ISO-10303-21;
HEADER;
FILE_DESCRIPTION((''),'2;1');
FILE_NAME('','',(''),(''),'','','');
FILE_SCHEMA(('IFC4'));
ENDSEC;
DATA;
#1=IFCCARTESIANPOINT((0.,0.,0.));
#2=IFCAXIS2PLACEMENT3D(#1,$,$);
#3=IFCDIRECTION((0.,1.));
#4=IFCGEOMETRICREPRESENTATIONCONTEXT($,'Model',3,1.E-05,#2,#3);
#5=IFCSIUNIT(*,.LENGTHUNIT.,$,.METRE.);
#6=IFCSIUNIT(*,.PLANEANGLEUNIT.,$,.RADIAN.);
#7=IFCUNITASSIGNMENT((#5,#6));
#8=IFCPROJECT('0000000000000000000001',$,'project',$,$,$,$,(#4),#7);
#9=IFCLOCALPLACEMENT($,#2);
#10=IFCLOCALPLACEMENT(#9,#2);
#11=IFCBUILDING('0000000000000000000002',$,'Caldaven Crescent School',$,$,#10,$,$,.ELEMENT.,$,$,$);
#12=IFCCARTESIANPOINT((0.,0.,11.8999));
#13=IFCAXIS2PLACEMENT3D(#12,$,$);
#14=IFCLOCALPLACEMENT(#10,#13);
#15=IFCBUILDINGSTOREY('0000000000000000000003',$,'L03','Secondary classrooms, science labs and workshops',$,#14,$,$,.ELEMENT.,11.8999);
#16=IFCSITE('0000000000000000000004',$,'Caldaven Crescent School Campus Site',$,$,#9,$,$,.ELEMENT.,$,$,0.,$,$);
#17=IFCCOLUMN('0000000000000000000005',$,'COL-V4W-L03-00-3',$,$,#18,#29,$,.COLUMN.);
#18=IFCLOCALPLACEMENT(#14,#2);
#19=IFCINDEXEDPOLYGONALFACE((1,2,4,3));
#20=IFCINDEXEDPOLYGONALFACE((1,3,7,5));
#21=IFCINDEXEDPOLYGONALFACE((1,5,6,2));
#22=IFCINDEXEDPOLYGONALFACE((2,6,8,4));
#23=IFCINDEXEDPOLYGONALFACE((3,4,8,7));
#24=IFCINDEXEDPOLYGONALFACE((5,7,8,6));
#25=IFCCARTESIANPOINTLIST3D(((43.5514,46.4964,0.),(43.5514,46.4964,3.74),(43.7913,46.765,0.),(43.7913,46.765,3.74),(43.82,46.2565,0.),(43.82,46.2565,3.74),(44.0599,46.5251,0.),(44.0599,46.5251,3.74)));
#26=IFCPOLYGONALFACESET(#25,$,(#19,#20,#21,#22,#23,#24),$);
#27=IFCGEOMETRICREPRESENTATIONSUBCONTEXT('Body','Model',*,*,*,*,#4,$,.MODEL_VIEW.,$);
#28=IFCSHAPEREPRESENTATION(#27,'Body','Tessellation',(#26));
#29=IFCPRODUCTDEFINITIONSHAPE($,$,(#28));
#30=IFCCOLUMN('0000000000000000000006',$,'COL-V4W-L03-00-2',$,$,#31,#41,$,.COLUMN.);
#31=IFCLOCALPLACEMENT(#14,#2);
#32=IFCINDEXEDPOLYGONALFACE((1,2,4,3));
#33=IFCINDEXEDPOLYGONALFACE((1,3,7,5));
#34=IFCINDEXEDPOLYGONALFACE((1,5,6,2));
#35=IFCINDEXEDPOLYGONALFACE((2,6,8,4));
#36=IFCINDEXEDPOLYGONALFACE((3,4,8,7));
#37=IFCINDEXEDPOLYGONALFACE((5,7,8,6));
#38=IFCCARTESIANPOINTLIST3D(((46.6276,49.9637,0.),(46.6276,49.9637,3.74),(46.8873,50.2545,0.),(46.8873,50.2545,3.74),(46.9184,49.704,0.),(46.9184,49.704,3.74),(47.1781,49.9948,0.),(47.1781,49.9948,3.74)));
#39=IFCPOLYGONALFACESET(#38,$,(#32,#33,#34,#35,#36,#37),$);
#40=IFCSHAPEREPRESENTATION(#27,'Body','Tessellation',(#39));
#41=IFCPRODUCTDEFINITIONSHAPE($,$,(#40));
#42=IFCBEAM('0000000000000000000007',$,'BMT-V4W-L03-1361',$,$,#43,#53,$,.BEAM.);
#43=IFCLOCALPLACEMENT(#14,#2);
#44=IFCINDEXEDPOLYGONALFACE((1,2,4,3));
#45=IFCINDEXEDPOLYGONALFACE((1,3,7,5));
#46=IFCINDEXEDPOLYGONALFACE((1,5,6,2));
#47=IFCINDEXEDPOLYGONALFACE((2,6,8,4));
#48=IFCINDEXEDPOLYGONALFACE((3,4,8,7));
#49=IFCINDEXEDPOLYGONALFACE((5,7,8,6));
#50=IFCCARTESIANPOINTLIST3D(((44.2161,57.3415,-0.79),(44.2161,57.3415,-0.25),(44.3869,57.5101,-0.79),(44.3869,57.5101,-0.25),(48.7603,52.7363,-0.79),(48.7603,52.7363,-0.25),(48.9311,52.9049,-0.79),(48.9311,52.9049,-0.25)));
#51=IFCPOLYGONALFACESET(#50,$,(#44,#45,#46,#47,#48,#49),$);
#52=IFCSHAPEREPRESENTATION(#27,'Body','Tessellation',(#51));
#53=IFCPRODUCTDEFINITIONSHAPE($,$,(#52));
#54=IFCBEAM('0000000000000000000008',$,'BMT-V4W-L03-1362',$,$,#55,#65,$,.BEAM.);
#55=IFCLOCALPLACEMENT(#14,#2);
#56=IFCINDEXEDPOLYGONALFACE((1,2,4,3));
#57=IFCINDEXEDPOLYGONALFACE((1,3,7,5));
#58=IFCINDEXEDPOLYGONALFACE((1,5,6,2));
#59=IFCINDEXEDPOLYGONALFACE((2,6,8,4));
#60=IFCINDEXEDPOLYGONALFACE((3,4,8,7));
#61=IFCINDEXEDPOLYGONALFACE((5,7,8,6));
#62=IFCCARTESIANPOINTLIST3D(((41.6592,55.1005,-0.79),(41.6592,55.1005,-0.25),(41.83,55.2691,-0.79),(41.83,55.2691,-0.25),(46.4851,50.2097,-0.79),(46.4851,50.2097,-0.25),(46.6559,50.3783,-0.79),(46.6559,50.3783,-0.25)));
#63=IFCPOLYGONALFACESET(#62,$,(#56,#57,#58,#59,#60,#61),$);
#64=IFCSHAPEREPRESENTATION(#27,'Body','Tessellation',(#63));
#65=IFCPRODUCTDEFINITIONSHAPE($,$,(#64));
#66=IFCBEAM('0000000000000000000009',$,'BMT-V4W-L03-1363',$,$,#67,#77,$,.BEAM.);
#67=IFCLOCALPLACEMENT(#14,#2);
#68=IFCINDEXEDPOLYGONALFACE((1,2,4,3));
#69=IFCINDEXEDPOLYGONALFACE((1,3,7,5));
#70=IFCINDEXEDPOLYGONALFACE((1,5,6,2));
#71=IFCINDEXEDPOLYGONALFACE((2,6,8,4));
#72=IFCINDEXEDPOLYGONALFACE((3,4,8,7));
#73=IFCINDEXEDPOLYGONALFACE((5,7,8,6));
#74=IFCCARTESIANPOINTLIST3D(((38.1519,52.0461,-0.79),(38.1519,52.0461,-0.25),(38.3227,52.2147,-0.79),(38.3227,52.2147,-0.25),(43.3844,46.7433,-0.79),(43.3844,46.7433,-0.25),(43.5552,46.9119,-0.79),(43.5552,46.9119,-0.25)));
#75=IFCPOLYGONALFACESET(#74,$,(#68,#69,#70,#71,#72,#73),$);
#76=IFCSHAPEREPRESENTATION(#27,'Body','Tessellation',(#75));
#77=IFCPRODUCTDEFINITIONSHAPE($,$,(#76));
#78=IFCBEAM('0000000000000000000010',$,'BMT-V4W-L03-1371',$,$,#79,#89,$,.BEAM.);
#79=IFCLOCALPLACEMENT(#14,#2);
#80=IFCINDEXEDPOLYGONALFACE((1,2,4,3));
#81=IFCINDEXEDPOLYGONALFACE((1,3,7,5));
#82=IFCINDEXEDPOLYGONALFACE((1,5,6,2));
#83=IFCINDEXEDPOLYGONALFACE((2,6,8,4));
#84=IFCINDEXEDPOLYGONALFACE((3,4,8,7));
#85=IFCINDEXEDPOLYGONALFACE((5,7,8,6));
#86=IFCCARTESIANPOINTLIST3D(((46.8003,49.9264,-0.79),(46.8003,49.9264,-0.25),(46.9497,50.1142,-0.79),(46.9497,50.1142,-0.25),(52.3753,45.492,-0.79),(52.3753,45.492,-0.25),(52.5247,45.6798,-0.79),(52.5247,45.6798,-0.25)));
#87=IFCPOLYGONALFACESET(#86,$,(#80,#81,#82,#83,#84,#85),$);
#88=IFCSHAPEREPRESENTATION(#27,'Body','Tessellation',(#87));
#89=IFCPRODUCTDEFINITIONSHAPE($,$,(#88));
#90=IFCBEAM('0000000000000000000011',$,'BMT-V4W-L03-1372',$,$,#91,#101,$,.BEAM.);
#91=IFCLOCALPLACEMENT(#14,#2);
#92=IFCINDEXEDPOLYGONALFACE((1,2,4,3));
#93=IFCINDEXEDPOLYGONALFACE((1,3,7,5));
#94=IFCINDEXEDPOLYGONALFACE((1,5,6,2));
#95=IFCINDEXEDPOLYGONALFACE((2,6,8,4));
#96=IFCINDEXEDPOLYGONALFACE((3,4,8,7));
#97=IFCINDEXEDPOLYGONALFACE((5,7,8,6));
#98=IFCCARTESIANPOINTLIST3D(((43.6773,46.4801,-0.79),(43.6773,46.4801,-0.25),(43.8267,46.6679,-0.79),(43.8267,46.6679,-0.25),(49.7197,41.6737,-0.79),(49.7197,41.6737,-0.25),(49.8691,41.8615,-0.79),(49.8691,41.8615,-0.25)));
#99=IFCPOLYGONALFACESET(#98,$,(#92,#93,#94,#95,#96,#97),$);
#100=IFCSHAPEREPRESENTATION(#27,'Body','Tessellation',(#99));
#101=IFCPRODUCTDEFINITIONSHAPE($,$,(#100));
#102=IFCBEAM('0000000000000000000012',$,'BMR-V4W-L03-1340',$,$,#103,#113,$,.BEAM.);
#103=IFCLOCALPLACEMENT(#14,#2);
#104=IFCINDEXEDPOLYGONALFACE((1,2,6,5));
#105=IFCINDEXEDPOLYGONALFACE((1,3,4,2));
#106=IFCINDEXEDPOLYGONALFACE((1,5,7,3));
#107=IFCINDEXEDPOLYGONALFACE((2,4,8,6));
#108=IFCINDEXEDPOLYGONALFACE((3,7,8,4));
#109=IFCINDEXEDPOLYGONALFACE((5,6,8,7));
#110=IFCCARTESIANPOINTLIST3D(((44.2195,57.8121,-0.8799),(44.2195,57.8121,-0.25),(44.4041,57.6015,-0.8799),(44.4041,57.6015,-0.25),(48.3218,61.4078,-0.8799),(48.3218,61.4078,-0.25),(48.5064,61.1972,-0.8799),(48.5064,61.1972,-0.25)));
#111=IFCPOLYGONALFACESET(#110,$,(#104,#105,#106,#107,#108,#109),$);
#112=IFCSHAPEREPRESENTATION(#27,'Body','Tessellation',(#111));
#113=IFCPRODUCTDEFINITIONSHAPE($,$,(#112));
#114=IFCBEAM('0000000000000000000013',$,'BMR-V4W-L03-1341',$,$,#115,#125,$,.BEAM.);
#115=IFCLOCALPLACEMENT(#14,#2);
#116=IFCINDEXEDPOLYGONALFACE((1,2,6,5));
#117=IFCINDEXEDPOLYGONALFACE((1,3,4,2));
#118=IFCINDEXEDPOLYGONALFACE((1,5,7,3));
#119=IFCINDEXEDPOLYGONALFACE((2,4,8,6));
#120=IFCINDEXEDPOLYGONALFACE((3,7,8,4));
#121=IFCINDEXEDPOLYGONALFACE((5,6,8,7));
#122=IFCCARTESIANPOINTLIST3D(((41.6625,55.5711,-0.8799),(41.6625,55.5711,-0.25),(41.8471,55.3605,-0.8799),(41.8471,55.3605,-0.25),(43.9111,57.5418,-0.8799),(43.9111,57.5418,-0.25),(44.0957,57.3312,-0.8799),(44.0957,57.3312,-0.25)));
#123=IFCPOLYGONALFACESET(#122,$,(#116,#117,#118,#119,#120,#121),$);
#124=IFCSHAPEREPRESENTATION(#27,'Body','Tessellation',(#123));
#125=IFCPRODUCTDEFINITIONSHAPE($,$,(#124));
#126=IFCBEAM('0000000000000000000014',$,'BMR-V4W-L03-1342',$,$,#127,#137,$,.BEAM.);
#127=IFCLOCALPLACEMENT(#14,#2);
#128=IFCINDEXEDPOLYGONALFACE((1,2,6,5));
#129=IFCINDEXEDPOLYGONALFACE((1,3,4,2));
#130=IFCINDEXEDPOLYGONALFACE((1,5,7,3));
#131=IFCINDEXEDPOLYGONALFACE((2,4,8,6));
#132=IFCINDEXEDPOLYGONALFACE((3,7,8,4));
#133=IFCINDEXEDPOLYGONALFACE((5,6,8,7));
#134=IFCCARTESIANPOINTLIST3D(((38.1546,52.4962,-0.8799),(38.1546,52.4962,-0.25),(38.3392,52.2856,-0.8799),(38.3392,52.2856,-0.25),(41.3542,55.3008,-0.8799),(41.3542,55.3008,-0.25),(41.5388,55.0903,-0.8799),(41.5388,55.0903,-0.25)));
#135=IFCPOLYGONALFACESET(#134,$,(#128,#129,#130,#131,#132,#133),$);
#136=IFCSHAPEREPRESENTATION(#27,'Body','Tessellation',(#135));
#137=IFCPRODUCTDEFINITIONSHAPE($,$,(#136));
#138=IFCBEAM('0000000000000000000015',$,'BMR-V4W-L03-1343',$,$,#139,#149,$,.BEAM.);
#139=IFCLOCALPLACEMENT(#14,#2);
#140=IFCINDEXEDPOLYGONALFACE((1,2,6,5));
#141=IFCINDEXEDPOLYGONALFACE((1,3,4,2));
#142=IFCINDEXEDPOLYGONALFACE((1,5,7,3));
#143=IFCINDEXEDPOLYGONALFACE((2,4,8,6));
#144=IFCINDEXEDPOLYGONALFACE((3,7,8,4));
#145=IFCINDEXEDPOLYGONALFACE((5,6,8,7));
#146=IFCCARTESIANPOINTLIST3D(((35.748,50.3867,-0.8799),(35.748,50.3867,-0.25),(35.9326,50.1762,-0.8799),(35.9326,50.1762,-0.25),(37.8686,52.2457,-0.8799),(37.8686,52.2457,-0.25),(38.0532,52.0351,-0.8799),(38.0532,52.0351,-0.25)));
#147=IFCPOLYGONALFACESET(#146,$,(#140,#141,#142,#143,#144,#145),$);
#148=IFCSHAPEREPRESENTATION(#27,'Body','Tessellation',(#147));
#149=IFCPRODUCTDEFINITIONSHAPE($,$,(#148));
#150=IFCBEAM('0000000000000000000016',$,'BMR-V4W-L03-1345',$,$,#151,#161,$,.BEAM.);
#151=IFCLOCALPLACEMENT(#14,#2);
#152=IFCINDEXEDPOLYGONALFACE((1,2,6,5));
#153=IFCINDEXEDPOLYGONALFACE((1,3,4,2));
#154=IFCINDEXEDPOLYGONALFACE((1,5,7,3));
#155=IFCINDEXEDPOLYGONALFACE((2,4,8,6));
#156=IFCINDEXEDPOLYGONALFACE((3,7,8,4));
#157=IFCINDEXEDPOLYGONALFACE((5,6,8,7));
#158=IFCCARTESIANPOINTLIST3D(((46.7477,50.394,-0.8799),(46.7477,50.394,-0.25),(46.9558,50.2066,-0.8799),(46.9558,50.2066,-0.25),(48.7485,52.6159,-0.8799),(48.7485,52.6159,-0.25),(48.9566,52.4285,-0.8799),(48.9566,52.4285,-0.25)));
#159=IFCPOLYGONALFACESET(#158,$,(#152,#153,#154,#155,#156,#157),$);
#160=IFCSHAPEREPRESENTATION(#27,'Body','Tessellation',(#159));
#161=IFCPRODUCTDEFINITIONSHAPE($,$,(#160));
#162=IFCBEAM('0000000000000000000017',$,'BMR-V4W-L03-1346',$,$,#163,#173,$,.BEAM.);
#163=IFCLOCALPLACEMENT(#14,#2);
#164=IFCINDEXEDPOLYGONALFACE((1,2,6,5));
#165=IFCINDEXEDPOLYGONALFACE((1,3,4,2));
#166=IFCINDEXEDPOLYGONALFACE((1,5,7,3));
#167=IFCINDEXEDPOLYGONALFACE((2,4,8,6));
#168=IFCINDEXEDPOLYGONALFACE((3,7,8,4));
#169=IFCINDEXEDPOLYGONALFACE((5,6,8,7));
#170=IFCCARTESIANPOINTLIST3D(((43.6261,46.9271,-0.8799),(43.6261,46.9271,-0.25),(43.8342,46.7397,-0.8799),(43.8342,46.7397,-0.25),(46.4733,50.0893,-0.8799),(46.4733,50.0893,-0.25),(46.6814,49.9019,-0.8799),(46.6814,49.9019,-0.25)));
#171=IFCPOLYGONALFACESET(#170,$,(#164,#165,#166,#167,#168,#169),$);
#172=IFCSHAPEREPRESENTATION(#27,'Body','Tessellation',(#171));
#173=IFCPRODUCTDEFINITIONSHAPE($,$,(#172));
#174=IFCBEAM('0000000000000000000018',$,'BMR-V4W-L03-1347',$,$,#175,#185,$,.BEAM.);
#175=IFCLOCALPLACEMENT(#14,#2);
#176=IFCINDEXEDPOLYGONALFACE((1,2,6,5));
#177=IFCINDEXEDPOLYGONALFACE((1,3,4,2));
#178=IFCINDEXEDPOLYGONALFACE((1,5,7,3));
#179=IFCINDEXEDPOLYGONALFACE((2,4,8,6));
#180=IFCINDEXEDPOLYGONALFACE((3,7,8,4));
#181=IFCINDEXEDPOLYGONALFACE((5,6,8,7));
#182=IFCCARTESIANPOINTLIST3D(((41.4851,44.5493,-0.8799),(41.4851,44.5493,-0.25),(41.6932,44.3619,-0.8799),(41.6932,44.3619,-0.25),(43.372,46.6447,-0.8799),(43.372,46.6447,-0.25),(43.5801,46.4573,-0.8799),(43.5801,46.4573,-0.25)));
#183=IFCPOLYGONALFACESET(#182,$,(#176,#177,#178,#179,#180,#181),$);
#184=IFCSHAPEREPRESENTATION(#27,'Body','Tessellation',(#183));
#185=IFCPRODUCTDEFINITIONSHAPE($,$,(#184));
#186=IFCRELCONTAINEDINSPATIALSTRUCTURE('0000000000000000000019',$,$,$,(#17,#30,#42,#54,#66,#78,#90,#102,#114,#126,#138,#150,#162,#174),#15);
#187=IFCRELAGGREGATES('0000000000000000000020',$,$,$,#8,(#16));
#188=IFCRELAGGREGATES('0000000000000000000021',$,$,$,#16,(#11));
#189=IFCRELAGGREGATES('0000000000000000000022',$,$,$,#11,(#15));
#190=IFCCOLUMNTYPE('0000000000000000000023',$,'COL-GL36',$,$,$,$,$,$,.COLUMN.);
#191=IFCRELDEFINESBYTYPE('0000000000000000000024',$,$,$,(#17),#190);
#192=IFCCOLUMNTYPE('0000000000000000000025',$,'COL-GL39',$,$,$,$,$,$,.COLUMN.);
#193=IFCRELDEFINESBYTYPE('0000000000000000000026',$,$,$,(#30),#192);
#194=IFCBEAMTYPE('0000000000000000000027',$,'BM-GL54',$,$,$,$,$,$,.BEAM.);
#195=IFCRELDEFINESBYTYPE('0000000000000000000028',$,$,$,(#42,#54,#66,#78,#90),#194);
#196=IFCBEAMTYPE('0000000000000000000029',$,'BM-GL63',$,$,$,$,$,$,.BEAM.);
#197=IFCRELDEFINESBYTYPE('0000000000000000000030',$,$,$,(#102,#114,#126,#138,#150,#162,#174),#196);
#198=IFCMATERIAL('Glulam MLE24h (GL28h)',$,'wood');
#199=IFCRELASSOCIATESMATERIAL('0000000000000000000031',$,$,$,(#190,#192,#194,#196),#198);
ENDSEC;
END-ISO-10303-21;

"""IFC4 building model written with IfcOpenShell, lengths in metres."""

from ifc_helpers import new_model, si_unit, direction, frame, origin, origin_2d, place, context, subcontext, project, spatial, rectangle, extrude, material, material_profile, profile_set, type_object, element, save


model = new_model("IFC4")

# Units and contexts
model_context = context("Model", 3, precision=1e-05, world=origin(), true_north=direction((0.0, 1.0)))
body_context = subcontext(model_context, "Body", "Model", "MODEL_VIEW")
ifc_project = project(units=[si_unit("LENGTHUNIT", "METRE"), si_unit("PLANEANGLEUNIT", "RADIAN")], contexts=[model_context])

# Site, building, storey
site_placement = place(None, origin())
site = spatial("IfcSite", under=ifc_project, at=site_placement, Name="Caldaven Crescent School Campus Site", CompositionType="ELEMENT", RefElevation=0.0)
building_placement = place(site_placement, origin())
building = spatial("IfcBuilding", under=site, at=building_placement, Name="Caldaven Crescent School", CompositionType="ELEMENT")
storey_placement = place(building_placement, frame((0.0, 0.0, 11.8999)))
storey = spatial("IfcBuildingStorey", under=building, at=storey_placement, Name="L03", Description="Secondary classrooms, science labs and workshops", CompositionType="ELEMENT", Elevation=11.8999)

# Columns
ifc_material_1 = material(Name="Glulam MLE24h (GL28h)", Category="wood")
ifc_material_profile_1 = material_profile(ifc_material_1, rectangle(XDim=0.3601, YDim=0.3601, at=origin_2d()), Name="MLE 360x360")
ifc_profile_set_1 = profile_set([ifc_material_profile_1], Name="Glulam MLE24h (GL28h)")
column_type_1 = type_object("IfcColumnType", Name="COL-GL36", PredefinedType="COLUMN", material=ifc_profile_set_1)
column_1_placement = place(storey_placement, frame((43.8057, 46.5107, 0.0), z_axis=(0.0, 0.0, 1.0), x_axis=(-0.666142, -0.745825, 0.0)))
element("IfcColumn", 1, at=column_1_placement, inside=storey, type_object=column_type_1, Name="COL-V4W-L03-00-3", PredefinedType="COLUMN", context=body_context, shape_type="SweptSolid", body=[
    extrude(rectangle(XDim=0.3601, YDim=0.3601, at=origin_2d()), origin(), (0.0, 0.0, 1.0), 3.74),
])
ifc_material_profile_2 = material_profile(ifc_material_1, rectangle(XDim=0.3899, YDim=0.3899, at=origin_2d()), Name="MLE 390x390")
ifc_profile_set_2 = profile_set([ifc_material_profile_2], Name="Glulam MLE24h (GL28h)")
column_type_2 = type_object("IfcColumnType", Name="COL-GL39", PredefinedType="COLUMN", material=ifc_profile_set_2)
column_2_placement = place(storey_placement, frame((46.9028, 49.9792, 0.0), z_axis=(0.0, 0.0, 1.0), x_axis=(-0.666142, -0.745825, 0.0)))
element("IfcColumn", 2, at=column_2_placement, inside=storey, type_object=column_type_2, Name="COL-V4W-L03-00-2", PredefinedType="COLUMN", context=body_context, shape_type="SweptSolid", body=[
    extrude(rectangle(XDim=0.3899, YDim=0.3899, at=origin_2d()), origin(), (0.0, 0.0, 1.0), 3.74),
])

# Beams
ifc_material_profile_3 = material_profile(ifc_material_1, rectangle(XDim=0.24, YDim=0.54, at=origin_2d()), Name="MLE 240x540")
ifc_profile_set_3 = profile_set([ifc_material_profile_3], Name="Glulam MLE24h (GL28h)")
beam_type_1 = type_object("IfcBeamType", Name="BM-GL54", PredefinedType="BEAM", material=ifc_profile_set_3)
beam_1_placement = place(storey_placement, frame((44.3015, 57.4258, -0.52), z_axis=(0.702374, -0.711808, 0.0), x_axis=(0.711808, 0.702374, 0.0)))
element("IfcBeam", 3, at=beam_1_placement, inside=storey, type_object=beam_type_1, Name="BMT-V4W-L03-1361", PredefinedType="BEAM", context=body_context, shape_type="SweptSolid", body=[
    extrude(rectangle(XDim=0.24, YDim=0.54, at=origin_2d()), origin(), (0.0, 0.0, 1.0), 6.4697),
])
beam_2_placement = place(storey_placement, frame((41.7446, 55.1848, -0.52), z_axis=(0.702365, -0.711817, 0.0), x_axis=(0.711817, 0.702365, 0.0)))
element("IfcBeam", 4, at=beam_2_placement, inside=storey, type_object=beam_type_1, Name="BMT-V4W-L03-1362", PredefinedType="BEAM", context=body_context, shape_type="SweptSolid", body=[
    extrude(rectangle(XDim=0.24, YDim=0.54, at=origin_2d()), origin(), (0.0, 0.0, 1.0), 6.8708),
])
beam_3_placement = place(storey_placement, frame((38.2373, 52.1304, -0.52), z_axis=(0.702372, -0.71181, 0.0), x_axis=(0.71181, 0.702372, 0.0)))
element("IfcBeam", 5, at=beam_3_placement, inside=storey, type_object=beam_type_1, Name="BMT-V4W-L03-1363", PredefinedType="BEAM", context=body_context, shape_type="SweptSolid", body=[
    extrude(rectangle(XDim=0.24, YDim=0.54, at=origin_2d()), origin(), (0.0, 0.0, 1.0), 7.4497),
])
beam_4_placement = place(storey_placement, frame((46.875, 50.0203, -0.52), z_axis=(0.782621, -0.622498, 0.0), x_axis=(0.622498, 0.782621, 0.0)))
element("IfcBeam", 6, at=beam_4_placement, inside=storey, type_object=beam_type_1, Name="BMT-V4W-L03-1371", PredefinedType="BEAM", context=body_context, shape_type="SweptSolid", body=[
    extrude(rectangle(XDim=0.24, YDim=0.54, at=origin_2d()), origin(), (0.0, 0.0, 1.0), 7.1235),
])
beam_5_placement = place(storey_placement, frame((43.752, 46.574, -0.52), z_axis=(0.782609, -0.622514, 0.0), x_axis=(0.622514, 0.782609, 0.0)))
element("IfcBeam", 7, at=beam_5_placement, inside=storey, type_object=beam_type_1, Name="BMT-V4W-L03-1372", PredefinedType="BEAM", context=body_context, shape_type="SweptSolid", body=[
    extrude(rectangle(XDim=0.24, YDim=0.54, at=origin_2d()), origin(), (0.0, 0.0, 1.0), 7.7209),
])
ifc_material_profile_4 = material_profile(ifc_material_1, rectangle(XDim=0.28, YDim=0.6299, at=origin_2d()), Name="MLE 280x630")
ifc_profile_set_4 = profile_set([ifc_material_profile_4], Name="Glulam MLE24h (GL28h)")
beam_type_2 = type_object("IfcBeamType", Name="BM-GL63", PredefinedType="BEAM", material=ifc_profile_set_4)
beam_6_placement = place(storey_placement, frame((48.4141, 61.3025, -0.5649), z_axis=(-0.752014, -0.659148, 0.0), x_axis=(0.659148, -0.752014, 0.0)))
element("IfcBeam", 8, at=beam_6_placement, inside=storey, type_object=beam_type_2, Name="BMR-V4W-L03-1340", PredefinedType="BEAM", context=body_context, shape_type="SweptSolid", body=[
    extrude(rectangle(XDim=0.28, YDim=0.6299, at=origin_2d()), origin(), (0.0, 0.0, 1.0), 5.4551),
])
beam_7_placement = place(storey_placement, frame((44.0034, 57.4365, -0.5649), z_axis=(-0.75204, -0.659117, 0.0), x_axis=(0.659117, -0.75204, 0.0)))
element("IfcBeam", 9, at=beam_7_placement, inside=storey, type_object=beam_type_2, Name="BMR-V4W-L03-1341", PredefinedType="BEAM", context=body_context, shape_type="SweptSolid", body=[
    extrude(rectangle(XDim=0.28, YDim=0.6299, at=origin_2d()), origin(), (0.0, 0.0, 1.0), 2.99),
])
beam_8_placement = place(storey_placement, frame((41.4465, 55.1956, -0.5649), z_axis=(-0.752001, -0.659162, 0.0), x_axis=(0.659162, -0.752001, 0.0)))
element("IfcBeam", 10, at=beam_8_placement, inside=storey, type_object=beam_type_2, Name="BMR-V4W-L03-1342", PredefinedType="BEAM", context=body_context, shape_type="SweptSolid", body=[
    extrude(rectangle(XDim=0.28, YDim=0.6299, at=origin_2d()), origin(), (0.0, 0.0, 1.0), 4.2549),
])
beam_9_placement = place(storey_placement, frame((37.9609, 52.1404, -0.5649), z_axis=(-0.751986, -0.659179, 0.0), x_axis=(0.659179, -0.751986, 0.0)))
element("IfcBeam", 11, at=beam_9_placement, inside=storey, type_object=beam_type_2, Name="BMR-V4W-L03-1343", PredefinedType="BEAM", context=body_context, shape_type="SweptSolid", body=[
    extrude(rectangle(XDim=0.28, YDim=0.6299, at=origin_2d()), origin(), (0.0, 0.0, 1.0), 2.8201),
])
beam_10_placement = place(storey_placement, frame((48.8525, 52.5222, -0.5649), z_axis=(-0.66915, -0.743128, 0.0), x_axis=(0.743128, -0.66915, 0.0)))
element("IfcBeam", 12, at=beam_10_placement, inside=storey, type_object=beam_type_2, Name="BMR-V4W-L03-1345", PredefinedType="BEAM", context=body_context, shape_type="SweptSolid", body=[
    extrude(rectangle(XDim=0.28, YDim=0.6299, at=origin_2d()), origin(), (0.0, 0.0, 1.0), 2.99),
])
beam_11_placement = place(storey_placement, frame((46.5774, 49.9956, -0.5649), z_axis=(-0.66913, -0.743146, 0.0), x_axis=(0.743146, -0.66913, 0.0)))
element("IfcBeam", 13, at=beam_11_placement, inside=storey, type_object=beam_type_2, Name="BMR-V4W-L03-1346", PredefinedType="BEAM", context=body_context, shape_type="SweptSolid", body=[
    extrude(rectangle(XDim=0.28, YDim=0.6299, at=origin_2d()), origin(), (0.0, 0.0, 1.0), 4.2551),
])
beam_12_placement = place(storey_placement, frame((43.4761, 46.551, -0.5649), z_axis=(-0.66917, -0.743109, 0.0), x_axis=(0.743109, -0.66917, 0.0)))
element("IfcBeam", 14, at=beam_12_placement, inside=storey, type_object=beam_type_2, Name="BMR-V4W-L03-1347", PredefinedType="BEAM", context=body_context, shape_type="SweptSolid", body=[
    extrude(rectangle(XDim=0.28, YDim=0.6299, at=origin_2d()), origin(), (0.0, 0.0, 1.0), 2.8198),
])

save(model, "model.ifc")
